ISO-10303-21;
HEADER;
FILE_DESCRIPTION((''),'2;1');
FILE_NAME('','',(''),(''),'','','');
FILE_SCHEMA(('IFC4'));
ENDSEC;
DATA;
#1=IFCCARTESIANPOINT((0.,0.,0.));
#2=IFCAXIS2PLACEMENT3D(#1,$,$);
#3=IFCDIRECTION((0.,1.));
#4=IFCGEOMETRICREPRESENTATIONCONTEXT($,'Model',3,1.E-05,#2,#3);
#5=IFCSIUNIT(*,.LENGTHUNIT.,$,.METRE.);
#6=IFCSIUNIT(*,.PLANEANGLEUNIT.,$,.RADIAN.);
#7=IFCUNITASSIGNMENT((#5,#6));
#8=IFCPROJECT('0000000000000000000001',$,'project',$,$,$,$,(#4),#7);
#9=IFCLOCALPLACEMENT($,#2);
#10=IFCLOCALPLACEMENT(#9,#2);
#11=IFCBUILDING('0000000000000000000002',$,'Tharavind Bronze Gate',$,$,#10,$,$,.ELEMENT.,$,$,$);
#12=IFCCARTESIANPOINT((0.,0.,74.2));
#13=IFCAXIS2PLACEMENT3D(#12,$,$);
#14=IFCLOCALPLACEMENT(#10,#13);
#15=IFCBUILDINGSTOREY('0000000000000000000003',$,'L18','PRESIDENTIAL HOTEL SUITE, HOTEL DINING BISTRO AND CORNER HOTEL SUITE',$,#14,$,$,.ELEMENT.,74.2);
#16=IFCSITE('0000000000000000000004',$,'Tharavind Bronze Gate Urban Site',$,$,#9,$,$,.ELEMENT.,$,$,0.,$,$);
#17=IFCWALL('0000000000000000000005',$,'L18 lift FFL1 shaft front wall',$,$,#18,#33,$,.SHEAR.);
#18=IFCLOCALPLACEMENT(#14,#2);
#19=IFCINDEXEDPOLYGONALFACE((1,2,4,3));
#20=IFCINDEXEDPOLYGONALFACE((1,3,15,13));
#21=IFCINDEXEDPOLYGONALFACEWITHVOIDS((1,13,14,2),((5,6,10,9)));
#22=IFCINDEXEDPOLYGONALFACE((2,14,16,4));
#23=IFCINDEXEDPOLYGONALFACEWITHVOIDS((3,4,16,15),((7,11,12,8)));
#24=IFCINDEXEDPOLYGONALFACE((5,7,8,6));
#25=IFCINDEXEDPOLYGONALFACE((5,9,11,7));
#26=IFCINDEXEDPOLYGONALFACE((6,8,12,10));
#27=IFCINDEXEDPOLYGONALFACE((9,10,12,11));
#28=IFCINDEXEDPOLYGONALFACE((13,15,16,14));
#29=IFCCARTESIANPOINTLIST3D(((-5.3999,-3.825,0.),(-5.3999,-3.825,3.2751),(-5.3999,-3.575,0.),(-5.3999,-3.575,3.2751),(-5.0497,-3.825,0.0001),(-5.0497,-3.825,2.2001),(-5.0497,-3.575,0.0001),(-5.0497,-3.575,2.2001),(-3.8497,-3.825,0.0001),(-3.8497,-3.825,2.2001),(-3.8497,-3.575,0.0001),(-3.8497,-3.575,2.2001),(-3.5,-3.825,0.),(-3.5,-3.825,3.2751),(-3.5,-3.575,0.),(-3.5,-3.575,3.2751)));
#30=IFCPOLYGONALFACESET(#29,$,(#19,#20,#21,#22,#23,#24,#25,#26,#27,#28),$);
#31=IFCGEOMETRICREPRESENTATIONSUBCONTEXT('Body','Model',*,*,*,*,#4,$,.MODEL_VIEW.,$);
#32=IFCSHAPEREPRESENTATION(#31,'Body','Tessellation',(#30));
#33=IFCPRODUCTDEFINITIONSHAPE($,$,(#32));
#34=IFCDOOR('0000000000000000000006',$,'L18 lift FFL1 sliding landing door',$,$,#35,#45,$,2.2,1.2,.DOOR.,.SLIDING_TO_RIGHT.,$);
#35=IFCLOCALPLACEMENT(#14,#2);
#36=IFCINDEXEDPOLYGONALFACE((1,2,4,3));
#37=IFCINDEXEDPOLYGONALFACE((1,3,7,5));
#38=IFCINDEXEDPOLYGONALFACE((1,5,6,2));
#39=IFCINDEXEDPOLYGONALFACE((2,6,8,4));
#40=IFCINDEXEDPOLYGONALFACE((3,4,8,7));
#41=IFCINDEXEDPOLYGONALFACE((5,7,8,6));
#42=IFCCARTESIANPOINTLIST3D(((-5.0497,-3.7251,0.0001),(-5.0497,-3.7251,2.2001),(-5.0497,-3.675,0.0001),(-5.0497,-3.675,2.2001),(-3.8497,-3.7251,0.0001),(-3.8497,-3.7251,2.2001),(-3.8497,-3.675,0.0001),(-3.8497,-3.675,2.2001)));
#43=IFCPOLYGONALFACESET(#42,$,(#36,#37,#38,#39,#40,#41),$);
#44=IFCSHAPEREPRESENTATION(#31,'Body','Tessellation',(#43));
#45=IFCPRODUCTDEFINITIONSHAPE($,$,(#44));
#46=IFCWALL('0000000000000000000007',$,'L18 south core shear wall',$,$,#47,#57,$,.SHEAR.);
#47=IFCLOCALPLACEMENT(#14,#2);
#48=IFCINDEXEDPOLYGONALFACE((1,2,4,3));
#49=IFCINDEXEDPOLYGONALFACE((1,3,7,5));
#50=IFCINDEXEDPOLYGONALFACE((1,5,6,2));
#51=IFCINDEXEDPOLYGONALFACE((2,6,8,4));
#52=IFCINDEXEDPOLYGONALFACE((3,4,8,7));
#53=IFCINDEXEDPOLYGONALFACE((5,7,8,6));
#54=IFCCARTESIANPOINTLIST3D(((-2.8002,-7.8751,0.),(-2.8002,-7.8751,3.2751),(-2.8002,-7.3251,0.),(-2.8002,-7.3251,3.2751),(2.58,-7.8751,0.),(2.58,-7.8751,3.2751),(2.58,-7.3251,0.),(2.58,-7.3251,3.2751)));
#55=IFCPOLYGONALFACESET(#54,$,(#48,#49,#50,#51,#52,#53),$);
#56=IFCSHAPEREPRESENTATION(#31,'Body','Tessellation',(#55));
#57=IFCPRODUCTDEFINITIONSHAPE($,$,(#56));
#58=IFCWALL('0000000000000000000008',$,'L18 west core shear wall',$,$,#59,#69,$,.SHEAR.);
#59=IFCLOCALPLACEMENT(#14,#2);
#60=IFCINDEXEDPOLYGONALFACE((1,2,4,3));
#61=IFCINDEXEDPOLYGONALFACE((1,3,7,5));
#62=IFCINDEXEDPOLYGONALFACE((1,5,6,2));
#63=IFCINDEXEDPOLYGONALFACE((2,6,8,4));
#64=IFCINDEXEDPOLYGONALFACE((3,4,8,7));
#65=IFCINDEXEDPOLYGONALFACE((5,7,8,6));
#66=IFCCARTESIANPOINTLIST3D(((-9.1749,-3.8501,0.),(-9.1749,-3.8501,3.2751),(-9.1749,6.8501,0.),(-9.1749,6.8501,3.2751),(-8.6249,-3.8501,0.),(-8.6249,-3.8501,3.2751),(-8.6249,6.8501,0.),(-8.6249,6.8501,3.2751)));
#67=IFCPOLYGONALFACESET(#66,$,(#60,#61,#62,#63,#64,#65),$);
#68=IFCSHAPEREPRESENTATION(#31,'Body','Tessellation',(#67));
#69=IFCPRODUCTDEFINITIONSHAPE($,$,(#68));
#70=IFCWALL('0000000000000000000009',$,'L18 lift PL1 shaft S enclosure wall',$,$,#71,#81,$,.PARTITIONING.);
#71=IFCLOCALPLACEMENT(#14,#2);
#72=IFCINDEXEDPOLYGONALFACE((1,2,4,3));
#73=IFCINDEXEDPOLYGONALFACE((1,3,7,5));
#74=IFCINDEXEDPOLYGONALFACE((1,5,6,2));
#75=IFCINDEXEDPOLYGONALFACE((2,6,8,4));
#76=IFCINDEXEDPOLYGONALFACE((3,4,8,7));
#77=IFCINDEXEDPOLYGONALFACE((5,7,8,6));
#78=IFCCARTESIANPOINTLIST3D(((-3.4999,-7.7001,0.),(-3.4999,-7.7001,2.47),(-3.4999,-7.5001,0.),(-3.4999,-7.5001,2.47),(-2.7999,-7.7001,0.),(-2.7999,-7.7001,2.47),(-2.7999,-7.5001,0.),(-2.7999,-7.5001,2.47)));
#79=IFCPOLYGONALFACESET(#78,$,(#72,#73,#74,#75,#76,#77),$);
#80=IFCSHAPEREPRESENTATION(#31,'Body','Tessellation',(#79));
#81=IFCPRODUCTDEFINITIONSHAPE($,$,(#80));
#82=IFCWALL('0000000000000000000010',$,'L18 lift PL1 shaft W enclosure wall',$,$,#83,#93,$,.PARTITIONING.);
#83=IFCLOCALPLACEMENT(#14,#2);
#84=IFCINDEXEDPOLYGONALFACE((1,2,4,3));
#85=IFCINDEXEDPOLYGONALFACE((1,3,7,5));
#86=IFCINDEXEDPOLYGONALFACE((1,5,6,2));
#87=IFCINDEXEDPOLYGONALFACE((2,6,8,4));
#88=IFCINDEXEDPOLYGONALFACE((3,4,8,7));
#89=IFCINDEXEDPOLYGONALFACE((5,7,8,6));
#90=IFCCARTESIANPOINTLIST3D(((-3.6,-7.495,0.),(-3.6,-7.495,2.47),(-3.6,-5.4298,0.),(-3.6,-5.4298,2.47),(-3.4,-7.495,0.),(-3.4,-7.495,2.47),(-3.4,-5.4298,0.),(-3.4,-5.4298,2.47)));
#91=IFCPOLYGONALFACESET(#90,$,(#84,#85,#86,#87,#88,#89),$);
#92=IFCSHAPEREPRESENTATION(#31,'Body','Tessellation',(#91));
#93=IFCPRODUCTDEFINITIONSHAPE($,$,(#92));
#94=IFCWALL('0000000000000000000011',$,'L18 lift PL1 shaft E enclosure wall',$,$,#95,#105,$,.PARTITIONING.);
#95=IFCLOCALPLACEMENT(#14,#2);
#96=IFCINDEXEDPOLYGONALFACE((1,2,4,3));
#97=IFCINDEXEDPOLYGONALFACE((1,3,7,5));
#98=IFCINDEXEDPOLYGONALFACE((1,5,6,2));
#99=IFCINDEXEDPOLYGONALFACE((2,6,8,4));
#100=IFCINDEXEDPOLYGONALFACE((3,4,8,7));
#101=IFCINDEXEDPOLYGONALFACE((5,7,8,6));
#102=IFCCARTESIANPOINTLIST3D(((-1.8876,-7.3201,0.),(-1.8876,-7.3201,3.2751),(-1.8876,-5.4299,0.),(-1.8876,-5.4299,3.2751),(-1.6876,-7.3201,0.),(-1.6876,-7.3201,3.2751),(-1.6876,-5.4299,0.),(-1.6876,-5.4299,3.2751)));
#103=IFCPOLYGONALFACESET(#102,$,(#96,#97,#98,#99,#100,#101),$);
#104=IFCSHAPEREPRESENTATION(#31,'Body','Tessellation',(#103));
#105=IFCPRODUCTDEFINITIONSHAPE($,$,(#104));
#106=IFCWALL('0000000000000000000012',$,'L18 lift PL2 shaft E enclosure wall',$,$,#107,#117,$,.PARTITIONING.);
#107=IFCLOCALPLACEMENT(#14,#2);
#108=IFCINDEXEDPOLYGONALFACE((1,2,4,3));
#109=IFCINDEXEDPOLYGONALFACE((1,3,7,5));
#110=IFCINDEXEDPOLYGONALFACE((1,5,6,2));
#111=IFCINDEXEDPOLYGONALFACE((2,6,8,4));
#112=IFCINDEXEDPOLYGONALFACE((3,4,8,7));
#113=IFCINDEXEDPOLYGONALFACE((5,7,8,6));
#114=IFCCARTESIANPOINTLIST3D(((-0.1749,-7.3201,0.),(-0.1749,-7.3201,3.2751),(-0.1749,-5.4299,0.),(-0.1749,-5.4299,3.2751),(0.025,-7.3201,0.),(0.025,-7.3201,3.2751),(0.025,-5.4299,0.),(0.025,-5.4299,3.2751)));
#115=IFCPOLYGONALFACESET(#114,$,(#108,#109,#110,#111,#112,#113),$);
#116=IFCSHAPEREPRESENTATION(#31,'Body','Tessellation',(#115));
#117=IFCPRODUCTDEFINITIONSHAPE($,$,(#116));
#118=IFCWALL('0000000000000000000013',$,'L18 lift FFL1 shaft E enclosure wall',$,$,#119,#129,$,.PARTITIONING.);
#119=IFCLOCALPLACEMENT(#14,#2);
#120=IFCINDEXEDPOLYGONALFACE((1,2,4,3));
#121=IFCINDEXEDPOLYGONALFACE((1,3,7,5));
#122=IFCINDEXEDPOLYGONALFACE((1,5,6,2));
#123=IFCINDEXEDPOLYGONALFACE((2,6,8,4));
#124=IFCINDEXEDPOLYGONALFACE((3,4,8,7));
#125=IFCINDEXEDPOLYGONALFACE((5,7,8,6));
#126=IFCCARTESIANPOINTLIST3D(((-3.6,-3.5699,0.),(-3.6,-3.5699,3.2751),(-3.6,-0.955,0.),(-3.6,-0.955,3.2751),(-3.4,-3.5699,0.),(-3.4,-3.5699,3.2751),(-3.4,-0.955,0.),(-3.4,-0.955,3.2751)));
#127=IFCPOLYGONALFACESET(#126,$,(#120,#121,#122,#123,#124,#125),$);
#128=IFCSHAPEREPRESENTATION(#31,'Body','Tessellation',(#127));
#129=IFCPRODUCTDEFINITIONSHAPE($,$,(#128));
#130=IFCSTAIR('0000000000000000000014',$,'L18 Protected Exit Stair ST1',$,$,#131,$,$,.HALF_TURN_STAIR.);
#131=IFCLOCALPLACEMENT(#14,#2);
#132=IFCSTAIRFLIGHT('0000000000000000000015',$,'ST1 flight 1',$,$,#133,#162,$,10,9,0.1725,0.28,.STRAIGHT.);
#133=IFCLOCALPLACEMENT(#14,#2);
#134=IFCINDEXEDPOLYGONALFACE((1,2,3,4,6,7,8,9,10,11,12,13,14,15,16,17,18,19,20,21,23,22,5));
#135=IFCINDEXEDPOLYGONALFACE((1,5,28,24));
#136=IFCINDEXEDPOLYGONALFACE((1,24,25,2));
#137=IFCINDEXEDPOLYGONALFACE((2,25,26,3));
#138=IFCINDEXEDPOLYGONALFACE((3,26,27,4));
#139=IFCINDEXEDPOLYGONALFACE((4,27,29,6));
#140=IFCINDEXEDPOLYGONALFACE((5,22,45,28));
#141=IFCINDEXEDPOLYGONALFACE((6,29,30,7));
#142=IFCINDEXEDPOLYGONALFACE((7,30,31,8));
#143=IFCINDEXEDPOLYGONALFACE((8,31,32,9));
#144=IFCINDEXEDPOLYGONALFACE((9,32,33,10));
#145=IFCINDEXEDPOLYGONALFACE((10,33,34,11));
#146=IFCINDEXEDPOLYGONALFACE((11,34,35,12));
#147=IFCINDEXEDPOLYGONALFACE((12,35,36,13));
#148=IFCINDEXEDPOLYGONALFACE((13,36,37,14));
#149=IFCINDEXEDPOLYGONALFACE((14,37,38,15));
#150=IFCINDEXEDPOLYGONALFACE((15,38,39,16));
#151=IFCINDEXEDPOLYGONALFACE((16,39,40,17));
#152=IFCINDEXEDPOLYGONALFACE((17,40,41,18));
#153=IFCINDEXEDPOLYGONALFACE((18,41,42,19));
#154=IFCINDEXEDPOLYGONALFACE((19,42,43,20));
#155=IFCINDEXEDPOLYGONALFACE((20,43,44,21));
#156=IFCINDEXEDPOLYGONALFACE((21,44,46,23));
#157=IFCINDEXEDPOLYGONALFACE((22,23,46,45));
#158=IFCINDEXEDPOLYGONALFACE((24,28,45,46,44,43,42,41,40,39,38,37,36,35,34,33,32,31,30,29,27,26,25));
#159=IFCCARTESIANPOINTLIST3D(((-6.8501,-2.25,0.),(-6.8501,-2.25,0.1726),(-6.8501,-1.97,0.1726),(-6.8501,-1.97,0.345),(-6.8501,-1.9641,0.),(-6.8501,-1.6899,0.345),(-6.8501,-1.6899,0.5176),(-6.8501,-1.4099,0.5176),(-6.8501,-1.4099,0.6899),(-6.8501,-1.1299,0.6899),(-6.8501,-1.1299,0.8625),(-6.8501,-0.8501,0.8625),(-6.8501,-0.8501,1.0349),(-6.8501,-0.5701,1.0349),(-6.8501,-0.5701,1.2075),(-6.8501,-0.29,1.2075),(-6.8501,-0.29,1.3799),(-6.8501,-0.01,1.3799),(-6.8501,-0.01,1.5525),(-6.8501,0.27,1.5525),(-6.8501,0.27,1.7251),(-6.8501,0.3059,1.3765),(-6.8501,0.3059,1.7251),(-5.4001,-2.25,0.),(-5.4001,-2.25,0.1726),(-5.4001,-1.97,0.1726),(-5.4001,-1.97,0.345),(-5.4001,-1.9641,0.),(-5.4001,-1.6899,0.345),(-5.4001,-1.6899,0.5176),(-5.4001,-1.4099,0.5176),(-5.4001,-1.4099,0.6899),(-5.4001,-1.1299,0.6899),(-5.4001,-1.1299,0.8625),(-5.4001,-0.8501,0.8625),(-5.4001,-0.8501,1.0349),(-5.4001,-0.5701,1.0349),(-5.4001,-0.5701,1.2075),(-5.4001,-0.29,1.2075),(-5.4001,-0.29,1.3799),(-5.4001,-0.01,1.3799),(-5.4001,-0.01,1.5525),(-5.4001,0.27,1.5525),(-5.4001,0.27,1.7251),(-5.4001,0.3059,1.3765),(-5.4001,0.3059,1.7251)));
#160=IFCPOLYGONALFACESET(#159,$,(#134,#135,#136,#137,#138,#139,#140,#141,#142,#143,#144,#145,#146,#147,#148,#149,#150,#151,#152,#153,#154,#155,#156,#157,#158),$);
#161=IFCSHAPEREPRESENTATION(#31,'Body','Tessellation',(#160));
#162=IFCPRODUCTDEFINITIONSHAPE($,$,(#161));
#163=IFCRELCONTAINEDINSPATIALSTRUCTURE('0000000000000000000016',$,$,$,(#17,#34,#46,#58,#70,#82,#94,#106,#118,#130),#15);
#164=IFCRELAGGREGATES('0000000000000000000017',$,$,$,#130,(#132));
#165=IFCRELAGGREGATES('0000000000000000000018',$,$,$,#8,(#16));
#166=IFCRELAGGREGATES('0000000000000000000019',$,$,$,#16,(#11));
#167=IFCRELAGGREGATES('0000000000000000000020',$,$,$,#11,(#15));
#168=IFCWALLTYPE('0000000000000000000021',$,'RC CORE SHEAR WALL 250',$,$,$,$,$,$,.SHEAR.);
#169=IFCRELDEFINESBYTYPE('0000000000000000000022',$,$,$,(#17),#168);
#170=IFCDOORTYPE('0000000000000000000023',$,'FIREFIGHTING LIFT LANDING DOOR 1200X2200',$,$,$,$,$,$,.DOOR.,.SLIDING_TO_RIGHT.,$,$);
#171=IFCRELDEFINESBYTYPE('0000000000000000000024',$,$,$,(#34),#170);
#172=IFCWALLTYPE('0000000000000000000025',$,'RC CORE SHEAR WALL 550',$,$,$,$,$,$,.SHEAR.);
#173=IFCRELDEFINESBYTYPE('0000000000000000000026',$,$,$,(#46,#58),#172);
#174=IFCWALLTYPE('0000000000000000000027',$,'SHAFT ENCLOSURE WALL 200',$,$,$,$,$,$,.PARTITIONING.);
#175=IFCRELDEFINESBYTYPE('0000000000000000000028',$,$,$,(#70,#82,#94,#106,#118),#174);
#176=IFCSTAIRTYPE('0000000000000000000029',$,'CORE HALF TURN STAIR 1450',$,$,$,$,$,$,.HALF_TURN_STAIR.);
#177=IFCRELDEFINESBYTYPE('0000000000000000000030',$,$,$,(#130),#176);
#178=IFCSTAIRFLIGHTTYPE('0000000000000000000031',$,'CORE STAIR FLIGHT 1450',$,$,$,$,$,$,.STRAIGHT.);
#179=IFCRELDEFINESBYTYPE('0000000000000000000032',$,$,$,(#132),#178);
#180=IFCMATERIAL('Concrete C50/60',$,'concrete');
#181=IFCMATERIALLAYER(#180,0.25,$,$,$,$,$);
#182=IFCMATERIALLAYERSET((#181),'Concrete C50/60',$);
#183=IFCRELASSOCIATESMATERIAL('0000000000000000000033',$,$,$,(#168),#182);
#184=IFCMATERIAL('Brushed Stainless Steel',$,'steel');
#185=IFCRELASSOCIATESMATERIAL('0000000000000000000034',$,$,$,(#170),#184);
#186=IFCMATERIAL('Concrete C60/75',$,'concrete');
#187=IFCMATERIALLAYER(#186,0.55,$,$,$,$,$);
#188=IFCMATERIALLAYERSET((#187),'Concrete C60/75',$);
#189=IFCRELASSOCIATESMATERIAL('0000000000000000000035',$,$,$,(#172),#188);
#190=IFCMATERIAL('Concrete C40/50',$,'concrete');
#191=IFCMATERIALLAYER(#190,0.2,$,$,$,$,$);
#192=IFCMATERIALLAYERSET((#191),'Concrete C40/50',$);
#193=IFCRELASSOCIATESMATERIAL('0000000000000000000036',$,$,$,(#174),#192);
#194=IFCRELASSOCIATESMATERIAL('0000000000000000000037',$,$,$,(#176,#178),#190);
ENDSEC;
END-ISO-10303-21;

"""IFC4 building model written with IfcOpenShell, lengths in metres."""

from ifc_helpers import new_model, si_unit, direction, frame, frame_2d, origin, place, context, subcontext, project, spatial, polyline, rectangle, outline, extrude, material, layer, layer_set, type_object, element, fill, aggregate, save


model = new_model("IFC4")

# Units and contexts
model_context = context("Model", 3, precision=1e-05, world=origin(), true_north=direction((0.0, 1.0)))
body_context = subcontext(model_context, "Body", "Model", "MODEL_VIEW")
ifc_project = project(units=[si_unit("LENGTHUNIT", "METRE"), si_unit("PLANEANGLEUNIT", "RADIAN")], contexts=[model_context])

# Site, building, storey
site_placement = place(None, origin())
site = spatial("IfcSite", under=ifc_project, at=site_placement, Name="Tharavind Bronze Gate Urban Site", CompositionType="ELEMENT", RefElevation=0.0)
building_placement = place(site_placement, origin())
building = spatial("IfcBuilding", under=site, at=building_placement, Name="Tharavind Bronze Gate", CompositionType="ELEMENT")
storey_placement = place(building_placement, frame((0.0, 0.0, 74.2)))
storey = spatial("IfcBuildingStorey", under=building, at=storey_placement, Name="L18", Description="PRESIDENTIAL HOTEL SUITE, HOTEL DINING BISTRO AND CORNER HOTEL SUITE", CompositionType="ELEMENT", Elevation=74.2)

# Shared definitions
ifc_material_1 = material(Name="Concrete C50/60", Category="concrete")
ifc_layer_1 = layer(ifc_material_1, 0.25)
ifc_layer_set_1 = layer_set([ifc_layer_1], Name="Concrete C50/60")
wall_type_1 = type_object("IfcWallType", Name="RC CORE SHEAR WALL 250", PredefinedType="SHEAR", material=ifc_layer_set_1)

# Wall, opening, door
wall_1_placement = place(storey_placement, frame((-5.3999, -3.7, 0.0), z_axis=(0.0, 0.0, 1.0), x_axis=(1.0, 0.0, 0.0)))
wall_1 = element("IfcWall", 1, at=wall_1_placement, inside=storey, type_object=wall_type_1, Name="L18 lift FFL1 shaft front wall", PredefinedType="SHEAR", context=body_context, shape_type="SweptSolid", body=[
    extrude(rectangle(XDim=1.8999, YDim=0.25, at=frame_2d((0.95, 0.0))), origin(), (0.0, 0.0, 1.0), 3.2751),
])
opening_1_placement = place(wall_1_placement, frame((0.3501, 0.0, 0.0)))
opening_1 = element("IfcOpeningElement", 2, at=opening_1_placement, cuts=wall_1, PredefinedType="OPENING", context=body_context, shape_type="SweptSolid", body=[
    extrude(rectangle(XDim=1.2, YDim=2.2, at=frame_2d((0.6001, 1.1001))), frame((0.0, 0.135, 0.0), z_axis=(0.0, -1.0, 0.0), x_axis=(1.0, 0.0, 0.0)), (0.0, 0.0, 1.0), 0.27),
])
ifc_material_2 = material(Name="Brushed Stainless Steel", Category="steel")
door_type_1 = type_object("IfcDoorType", Name="FIREFIGHTING LIFT LANDING DOOR 1200X2200", OperationType="SLIDING_TO_RIGHT", PredefinedType="DOOR", material=ifc_material_2)
door_1_placement = place(opening_1_placement, origin())
door_1 = element("IfcDoor", 3, at=door_1_placement, inside=storey, type_object=door_type_1, Name="L18 lift FFL1 sliding landing door", OperationType="SLIDING_TO_RIGHT", OverallHeight=2.2, OverallWidth=1.2, PredefinedType="DOOR", context=body_context, shape_type="SweptSolid", body=[
    extrude(rectangle(XDim=1.2, YDim=2.2, at=frame_2d((0.6001, 1.1001))), frame((0.0, 0.0249, 0.0), z_axis=(0.0, -1.0, 0.0), x_axis=(1.0, 0.0, 0.0)), (0.0, 0.0, 1.0), 0.05),
])
fill(opening_1, door_1)

# Walls
ifc_material_3 = material(Name="Concrete C60/75", Category="concrete")
ifc_layer_2 = layer(ifc_material_3, 0.55)
ifc_layer_set_2 = layer_set([ifc_layer_2], Name="Concrete C60/75")
wall_type_2 = type_object("IfcWallType", Name="RC CORE SHEAR WALL 550", PredefinedType="SHEAR", material=ifc_layer_set_2)
wall_2_placement = place(storey_placement, frame((-2.8, -7.6001, 0.0), z_axis=(0.0, 0.0, 1.0), x_axis=(1.0, 0.0, 0.0)))
element("IfcWall", 4, at=wall_2_placement, inside=storey, type_object=wall_type_2, Name="L18 south core shear wall", PredefinedType="SHEAR", context=body_context, shape_type="SweptSolid", body=[
    extrude(rectangle(XDim=5.3801, YDim=0.55, at=frame_2d((2.6899, 0.0))), origin(), (0.0, 0.0, 1.0), 3.2751),
])
wall_3_placement = place(storey_placement, frame((-8.8999, -3.8501, 0.0), z_axis=(0.0, 0.0, 1.0), x_axis=(0.0, 1.0, 0.0)))
element("IfcWall", 5, at=wall_3_placement, inside=storey, type_object=wall_type_2, Name="L18 west core shear wall", PredefinedType="SHEAR", context=body_context, shape_type="SweptSolid", body=[
    extrude(rectangle(XDim=10.7002, YDim=0.55, at=frame_2d((5.3501, 0.0))), origin(), (0.0, 0.0, 1.0), 3.2751),
])
ifc_material_4 = material(Name="Concrete C40/50", Category="concrete")
ifc_layer_3 = layer(ifc_material_4, 0.2)
ifc_layer_set_3 = layer_set([ifc_layer_3], Name="Concrete C40/50")
wall_type_3 = type_object("IfcWallType", Name="SHAFT ENCLOSURE WALL 200", PredefinedType="PARTITIONING", material=ifc_layer_set_3)
wall_4_placement = place(storey_placement, frame((-3.5, -7.6001, 0.0), z_axis=(0.0, 0.0, 1.0), x_axis=(1.0, 0.0, 0.0)))
element("IfcWall", 6, at=wall_4_placement, inside=storey, type_object=wall_type_3, Name="L18 lift PL1 shaft S enclosure wall", PredefinedType="PARTITIONING", context=body_context, shape_type="SweptSolid", body=[
    extrude(rectangle(XDim=0.7, YDim=0.2, at=frame_2d((0.3501, 0.0))), origin(), (0.0, 0.0, 1.0), 2.47),
])
wall_5_placement = place(storey_placement, frame((-3.5, -7.4951, 0.0), z_axis=(0.0, 0.0, 1.0), x_axis=(0.0, 1.0, 0.0)))
element("IfcWall", 7, at=wall_5_placement, inside=storey, type_object=wall_type_3, Name="L18 lift PL1 shaft W enclosure wall", PredefinedType="PARTITIONING", context=body_context, shape_type="SweptSolid", body=[
    extrude(rectangle(XDim=2.0652, YDim=0.2, at=frame_2d((1.0327, 0.0))), origin(), (0.0, 0.0, 1.0), 2.47),
])
for number, where, z_axis, x_axis, name in (
    (8, (-1.7876, -7.3201, 0.0), (0.0, 0.0, 1.0), (0.0, 1.0, 0.0), "L18 lift PL1 shaft E enclosure wall"),
    (9, (-0.075, -7.3201, 0.0), (0.0, 0.0, 1.0), (0.0, 1.0, 0.0), "L18 lift PL2 shaft E enclosure wall"),
):
    element("IfcWall", number, at=place(storey_placement, frame(where, z_axis=z_axis, x_axis=x_axis)), inside=storey, type_object=wall_type_3, Name=name, PredefinedType="PARTITIONING", context=body_context, shape_type="SweptSolid", body=[
        extrude(rectangle(XDim=1.8901, YDim=0.2, at=frame_2d((0.9451, 0.0))), origin(), (0.0, 0.0, 1.0), 3.2751),
    ])
wall_6_placement = place(storey_placement, frame((-3.5, -3.5701, 0.0), z_axis=(0.0, 0.0, 1.0), x_axis=(0.0, 1.0, 0.0)))
element("IfcWall", 10, at=wall_6_placement, inside=storey, type_object=wall_type_3, Name="L18 lift FFL1 shaft E enclosure wall", PredefinedType="PARTITIONING", context=body_context, shape_type="SweptSolid", body=[
    extrude(rectangle(XDim=2.615, YDim=0.2, at=frame_2d((1.3076, 0.0))), origin(), (0.0, 0.0, 1.0), 3.2751),
])

# Stair, stair flight
stair_type = type_object("IfcStairType", Name="CORE HALF TURN STAIR 1450", PredefinedType="HALF_TURN_STAIR", material=ifc_material_4)
stair_placement = place(storey_placement, origin())
stair = element("IfcStair", 11, at=stair_placement, inside=storey, type_object=stair_type, Name="L18 Protected Exit Stair ST1", PredefinedType="HALF_TURN_STAIR")
stair_flight_type = type_object("IfcStairFlightType", Name="CORE STAIR FLIGHT 1450", PredefinedType="STRAIGHT", material=ifc_material_4)
stair_flight_placement = place(storey_placement, frame((-6.125, -2.25, 0.0), z_axis=(0.0, 0.0, 1.0), x_axis=(0.0, 1.0, 0.0)))
stair_flight = element("IfcStairFlight", 12, at=stair_flight_placement, type_object=stair_flight_type, Name="ST1 flight 1", NumberOfRisers=10, NumberOfTreads=9, PredefinedType="STRAIGHT", RiserHeight=0.1725, TreadLength=0.28, context=body_context, shape_type="SweptSolid", body=[
    extrude(outline(polyline([(0.0, 0.0), (0.0, 0.1726), (0.28, 0.1726), (0.28, 0.345), (0.5601, 0.345), (0.5601, 0.5176), (0.8401, 0.5176), (0.8401, 0.6899), (1.1201, 0.6899), (1.1201, 0.8625), (1.3999, 0.8625), (1.3999, 1.0349), (1.6799, 1.0349), (1.6799, 1.2075), (1.96, 1.2075), (1.96, 1.3799), (2.24, 1.3799), (2.24, 1.5525), (2.52, 1.5525), (2.52, 1.7251), (2.5559, 1.7251), (2.5559, 1.3765), (0.2859, 0.0), (0.0, 0.0)])), frame((0.0, 0.7251, 0.0), z_axis=(0.0, -1.0, 0.0), x_axis=(1.0, 0.0, 0.0)), (0.0, 0.0, 1.0), 1.45),
])
aggregate(stair, [stair_flight])

save(model, "model.ifc")
